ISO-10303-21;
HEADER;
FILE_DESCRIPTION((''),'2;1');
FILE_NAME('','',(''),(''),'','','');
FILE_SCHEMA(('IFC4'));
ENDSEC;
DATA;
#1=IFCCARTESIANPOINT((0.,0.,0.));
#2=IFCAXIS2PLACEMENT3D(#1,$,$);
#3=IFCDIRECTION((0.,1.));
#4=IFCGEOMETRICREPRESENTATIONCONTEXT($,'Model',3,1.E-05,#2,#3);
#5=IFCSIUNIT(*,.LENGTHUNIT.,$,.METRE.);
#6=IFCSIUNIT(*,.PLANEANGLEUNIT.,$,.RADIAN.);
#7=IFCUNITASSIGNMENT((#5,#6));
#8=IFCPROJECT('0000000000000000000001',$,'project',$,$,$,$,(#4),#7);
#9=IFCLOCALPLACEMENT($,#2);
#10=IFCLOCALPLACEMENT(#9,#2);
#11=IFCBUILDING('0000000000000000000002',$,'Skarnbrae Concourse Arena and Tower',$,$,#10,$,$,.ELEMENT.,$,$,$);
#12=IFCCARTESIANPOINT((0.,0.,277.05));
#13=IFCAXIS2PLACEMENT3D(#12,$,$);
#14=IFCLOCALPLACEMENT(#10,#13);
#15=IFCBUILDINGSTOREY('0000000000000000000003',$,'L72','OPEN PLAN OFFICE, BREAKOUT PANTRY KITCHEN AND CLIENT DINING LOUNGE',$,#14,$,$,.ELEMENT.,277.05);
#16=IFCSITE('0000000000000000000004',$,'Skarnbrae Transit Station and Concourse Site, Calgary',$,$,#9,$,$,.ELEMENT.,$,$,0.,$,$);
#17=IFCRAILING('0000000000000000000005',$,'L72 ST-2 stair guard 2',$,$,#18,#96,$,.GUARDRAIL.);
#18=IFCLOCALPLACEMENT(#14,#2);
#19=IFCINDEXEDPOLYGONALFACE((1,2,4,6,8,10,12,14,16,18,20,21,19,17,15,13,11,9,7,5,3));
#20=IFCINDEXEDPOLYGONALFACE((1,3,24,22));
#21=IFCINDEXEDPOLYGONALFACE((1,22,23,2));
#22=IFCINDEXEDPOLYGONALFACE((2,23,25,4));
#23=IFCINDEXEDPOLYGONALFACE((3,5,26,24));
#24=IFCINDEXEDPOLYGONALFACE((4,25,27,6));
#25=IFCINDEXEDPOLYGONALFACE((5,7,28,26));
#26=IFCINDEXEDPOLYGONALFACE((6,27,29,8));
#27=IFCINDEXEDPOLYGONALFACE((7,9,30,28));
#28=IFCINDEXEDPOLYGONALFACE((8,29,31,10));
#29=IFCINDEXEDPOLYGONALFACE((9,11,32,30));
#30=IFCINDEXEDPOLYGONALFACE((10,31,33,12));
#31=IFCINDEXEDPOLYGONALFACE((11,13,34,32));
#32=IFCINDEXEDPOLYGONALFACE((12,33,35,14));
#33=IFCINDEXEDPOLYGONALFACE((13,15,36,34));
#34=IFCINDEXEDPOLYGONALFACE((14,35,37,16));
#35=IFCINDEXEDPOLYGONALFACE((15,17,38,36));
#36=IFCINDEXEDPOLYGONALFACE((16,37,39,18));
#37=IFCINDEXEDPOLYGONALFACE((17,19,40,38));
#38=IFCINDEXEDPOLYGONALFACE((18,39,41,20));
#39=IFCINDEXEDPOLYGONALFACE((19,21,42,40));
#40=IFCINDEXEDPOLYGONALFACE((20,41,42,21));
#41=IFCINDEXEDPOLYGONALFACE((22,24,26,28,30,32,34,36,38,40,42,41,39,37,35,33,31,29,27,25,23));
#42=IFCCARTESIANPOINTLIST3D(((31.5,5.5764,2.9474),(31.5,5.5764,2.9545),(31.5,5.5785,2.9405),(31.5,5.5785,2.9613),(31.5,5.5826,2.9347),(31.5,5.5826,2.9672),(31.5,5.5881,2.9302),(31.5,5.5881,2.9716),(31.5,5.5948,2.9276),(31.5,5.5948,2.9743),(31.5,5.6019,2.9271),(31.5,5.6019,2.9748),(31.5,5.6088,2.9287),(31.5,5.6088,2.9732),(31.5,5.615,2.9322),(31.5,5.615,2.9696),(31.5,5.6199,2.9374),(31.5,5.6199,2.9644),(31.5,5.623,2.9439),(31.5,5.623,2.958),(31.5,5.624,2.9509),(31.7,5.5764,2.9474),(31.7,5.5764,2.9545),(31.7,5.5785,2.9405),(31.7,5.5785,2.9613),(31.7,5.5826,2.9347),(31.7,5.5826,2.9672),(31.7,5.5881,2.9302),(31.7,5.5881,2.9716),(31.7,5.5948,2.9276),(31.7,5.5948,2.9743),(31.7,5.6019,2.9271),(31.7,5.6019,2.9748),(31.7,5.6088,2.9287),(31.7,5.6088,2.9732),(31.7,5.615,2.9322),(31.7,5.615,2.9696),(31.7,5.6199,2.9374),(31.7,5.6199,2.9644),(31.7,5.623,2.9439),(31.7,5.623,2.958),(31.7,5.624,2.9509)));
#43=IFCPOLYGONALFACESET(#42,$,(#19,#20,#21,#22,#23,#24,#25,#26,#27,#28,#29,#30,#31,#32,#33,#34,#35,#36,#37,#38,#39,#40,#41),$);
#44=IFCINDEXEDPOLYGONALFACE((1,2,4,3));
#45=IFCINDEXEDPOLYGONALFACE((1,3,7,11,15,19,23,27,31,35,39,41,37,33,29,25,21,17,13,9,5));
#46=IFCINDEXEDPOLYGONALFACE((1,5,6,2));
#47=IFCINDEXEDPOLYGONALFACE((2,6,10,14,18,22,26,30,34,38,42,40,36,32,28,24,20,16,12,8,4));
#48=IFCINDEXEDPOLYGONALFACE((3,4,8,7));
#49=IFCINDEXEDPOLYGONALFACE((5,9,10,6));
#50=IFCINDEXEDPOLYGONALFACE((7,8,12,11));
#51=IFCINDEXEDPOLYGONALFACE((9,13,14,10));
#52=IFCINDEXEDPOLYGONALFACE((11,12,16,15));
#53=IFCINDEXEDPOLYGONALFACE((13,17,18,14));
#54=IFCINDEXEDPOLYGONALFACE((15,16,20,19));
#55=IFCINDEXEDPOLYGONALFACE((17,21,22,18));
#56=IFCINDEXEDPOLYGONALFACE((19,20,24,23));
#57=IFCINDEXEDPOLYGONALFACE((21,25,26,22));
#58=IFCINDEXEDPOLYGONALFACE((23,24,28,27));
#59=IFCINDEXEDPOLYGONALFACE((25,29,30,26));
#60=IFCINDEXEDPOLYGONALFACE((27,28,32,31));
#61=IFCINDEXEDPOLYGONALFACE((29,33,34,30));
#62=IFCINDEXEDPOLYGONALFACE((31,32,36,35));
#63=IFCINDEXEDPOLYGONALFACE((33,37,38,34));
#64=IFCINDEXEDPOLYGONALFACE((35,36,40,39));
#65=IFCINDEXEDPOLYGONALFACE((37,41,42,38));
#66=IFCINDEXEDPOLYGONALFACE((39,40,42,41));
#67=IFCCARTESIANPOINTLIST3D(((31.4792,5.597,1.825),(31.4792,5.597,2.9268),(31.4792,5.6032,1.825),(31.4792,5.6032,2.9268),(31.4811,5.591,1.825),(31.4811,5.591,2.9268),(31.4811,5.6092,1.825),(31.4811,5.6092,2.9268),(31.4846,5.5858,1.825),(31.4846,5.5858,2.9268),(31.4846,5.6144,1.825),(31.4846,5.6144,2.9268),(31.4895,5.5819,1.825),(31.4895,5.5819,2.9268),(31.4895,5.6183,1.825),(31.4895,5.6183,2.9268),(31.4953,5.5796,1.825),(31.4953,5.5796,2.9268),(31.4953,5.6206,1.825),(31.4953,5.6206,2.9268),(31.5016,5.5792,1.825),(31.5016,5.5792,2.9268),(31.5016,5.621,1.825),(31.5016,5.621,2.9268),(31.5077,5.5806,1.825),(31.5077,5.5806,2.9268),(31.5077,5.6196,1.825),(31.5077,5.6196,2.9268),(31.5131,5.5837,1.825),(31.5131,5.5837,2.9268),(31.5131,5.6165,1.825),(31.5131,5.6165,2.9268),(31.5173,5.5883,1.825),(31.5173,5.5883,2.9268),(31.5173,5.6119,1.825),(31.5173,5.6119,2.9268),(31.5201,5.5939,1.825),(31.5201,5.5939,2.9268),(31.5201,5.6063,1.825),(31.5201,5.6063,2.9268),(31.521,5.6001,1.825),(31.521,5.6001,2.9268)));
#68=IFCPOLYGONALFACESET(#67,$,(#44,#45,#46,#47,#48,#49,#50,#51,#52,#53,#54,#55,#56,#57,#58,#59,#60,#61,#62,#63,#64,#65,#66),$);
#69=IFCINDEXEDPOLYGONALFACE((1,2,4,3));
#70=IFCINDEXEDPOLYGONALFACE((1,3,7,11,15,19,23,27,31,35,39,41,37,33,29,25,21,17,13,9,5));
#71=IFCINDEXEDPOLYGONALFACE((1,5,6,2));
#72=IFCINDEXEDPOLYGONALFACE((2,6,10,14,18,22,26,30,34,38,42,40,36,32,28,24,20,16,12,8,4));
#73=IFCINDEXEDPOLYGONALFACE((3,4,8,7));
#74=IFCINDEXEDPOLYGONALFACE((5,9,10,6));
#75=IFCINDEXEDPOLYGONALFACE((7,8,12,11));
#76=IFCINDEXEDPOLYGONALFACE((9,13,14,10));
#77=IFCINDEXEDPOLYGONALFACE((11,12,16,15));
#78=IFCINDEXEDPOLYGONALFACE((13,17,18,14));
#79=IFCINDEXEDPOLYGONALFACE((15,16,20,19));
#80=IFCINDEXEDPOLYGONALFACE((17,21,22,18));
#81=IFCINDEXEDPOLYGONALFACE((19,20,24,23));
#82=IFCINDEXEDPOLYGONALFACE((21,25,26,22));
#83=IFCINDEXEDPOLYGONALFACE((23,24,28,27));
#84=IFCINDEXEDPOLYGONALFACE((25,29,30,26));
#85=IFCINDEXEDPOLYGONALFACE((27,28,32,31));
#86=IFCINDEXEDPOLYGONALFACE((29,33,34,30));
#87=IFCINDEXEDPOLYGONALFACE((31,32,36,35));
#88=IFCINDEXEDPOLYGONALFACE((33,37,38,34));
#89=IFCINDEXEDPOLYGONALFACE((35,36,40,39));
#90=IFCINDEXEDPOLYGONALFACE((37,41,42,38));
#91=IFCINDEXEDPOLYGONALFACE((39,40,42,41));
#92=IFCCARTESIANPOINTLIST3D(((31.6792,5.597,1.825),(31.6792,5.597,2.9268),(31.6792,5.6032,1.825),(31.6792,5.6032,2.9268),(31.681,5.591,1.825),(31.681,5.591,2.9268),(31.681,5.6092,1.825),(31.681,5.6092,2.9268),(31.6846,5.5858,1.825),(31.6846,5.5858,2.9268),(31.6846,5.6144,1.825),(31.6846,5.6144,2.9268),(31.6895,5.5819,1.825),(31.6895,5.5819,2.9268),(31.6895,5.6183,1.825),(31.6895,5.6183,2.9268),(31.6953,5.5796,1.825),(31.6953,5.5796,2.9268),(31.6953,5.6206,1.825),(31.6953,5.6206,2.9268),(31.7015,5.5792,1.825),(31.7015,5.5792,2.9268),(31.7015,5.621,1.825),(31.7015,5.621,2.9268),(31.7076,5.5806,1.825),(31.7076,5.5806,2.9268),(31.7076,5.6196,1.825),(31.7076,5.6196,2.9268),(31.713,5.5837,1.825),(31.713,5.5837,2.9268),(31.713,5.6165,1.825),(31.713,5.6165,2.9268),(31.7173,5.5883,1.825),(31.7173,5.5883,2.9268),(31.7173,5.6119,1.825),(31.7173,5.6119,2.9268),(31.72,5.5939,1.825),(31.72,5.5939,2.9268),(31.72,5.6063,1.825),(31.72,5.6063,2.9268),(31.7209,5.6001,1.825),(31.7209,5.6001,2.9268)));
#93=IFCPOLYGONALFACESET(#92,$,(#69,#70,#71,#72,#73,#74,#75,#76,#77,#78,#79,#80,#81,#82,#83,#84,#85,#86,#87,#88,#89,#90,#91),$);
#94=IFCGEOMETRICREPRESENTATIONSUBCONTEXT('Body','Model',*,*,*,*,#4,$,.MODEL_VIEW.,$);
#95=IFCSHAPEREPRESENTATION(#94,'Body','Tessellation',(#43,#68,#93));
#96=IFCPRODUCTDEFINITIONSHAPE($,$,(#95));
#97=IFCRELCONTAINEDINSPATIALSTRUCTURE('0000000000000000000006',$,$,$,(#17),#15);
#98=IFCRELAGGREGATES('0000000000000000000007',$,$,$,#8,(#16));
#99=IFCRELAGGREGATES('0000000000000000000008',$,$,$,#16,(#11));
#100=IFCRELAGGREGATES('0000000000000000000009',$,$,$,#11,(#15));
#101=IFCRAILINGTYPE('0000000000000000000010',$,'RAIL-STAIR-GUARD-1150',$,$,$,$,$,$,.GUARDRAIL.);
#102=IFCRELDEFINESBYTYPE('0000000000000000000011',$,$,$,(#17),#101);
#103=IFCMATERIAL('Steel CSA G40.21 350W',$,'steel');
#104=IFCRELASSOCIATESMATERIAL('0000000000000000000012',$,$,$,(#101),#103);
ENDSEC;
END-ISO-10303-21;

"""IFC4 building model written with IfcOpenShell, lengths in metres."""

from ifc_helpers import new_model, si_unit, direction, frame, origin, origin_2d, place, context, subcontext, project, spatial, circle, extrude, material, type_object, element, save


model = new_model("IFC4")

# Units and contexts
model_context = context("Model", 3, precision=1e-05, world=origin(), true_north=direction((0.0, 1.0)))
body_context = subcontext(model_context, "Body", "Model", "MODEL_VIEW")
ifc_project = project(units=[si_unit("LENGTHUNIT", "METRE"), si_unit("PLANEANGLEUNIT", "RADIAN")], contexts=[model_context])

# Site, building, storey
site_placement = place(None, origin())
site = spatial("IfcSite", under=ifc_project, at=site_placement, Name="Skarnbrae Transit Station and Concourse Site, Calgary", CompositionType="ELEMENT", RefElevation=0.0)
building_placement = place(site_placement, origin())
building = spatial("IfcBuilding", under=site, at=building_placement, Name="Skarnbrae Concourse Arena and Tower", CompositionType="ELEMENT")
storey_placement = place(building_placement, frame((0.0, 0.0, 277.05)))
storey = spatial("IfcBuildingStorey", under=building, at=storey_placement, Name="L72", Description="OPEN PLAN OFFICE, BREAKOUT PANTRY KITCHEN AND CLIENT DINING LOUNGE", CompositionType="ELEMENT", Elevation=277.05)

# Shared definitions
ifc_material_1 = material(Name="Steel CSA G40.21 350W", Category="steel")

# Railing
railing_type_1 = type_object("IfcRailingType", Name="RAIL-STAIR-GUARD-1150", PredefinedType="GUARDRAIL", material=ifc_material_1)
railing_1_placement = place(storey_placement, frame((31.5, 5.6001, 1.825)))
element("IfcRailing", 1, at=railing_1_placement, inside=storey, type_object=railing_type_1, Name="L72 ST-2 stair guard 2", PredefinedType="GUARDRAIL", context=body_context, shape_type="SweptSolid", body=[
    extrude(circle(Radius=0.0239, at=origin_2d()), frame((0.0, 0.0, 1.126), z_axis=(1.0, 0.0, 0.0), x_axis=(0.0, 1.0, 0.0)), (0.0, 0.0, 1.0), 0.2),
    extrude(circle(Radius=0.021, at=origin_2d()), origin(), (0.0, 0.0, 1.0), 1.1018),
    extrude(circle(Radius=0.021, at=origin_2d()), frame((0.2, 0.0, 0.0)), (0.0, 0.0, 1.0), 1.1018),
])

save(model, "model.ifc")
